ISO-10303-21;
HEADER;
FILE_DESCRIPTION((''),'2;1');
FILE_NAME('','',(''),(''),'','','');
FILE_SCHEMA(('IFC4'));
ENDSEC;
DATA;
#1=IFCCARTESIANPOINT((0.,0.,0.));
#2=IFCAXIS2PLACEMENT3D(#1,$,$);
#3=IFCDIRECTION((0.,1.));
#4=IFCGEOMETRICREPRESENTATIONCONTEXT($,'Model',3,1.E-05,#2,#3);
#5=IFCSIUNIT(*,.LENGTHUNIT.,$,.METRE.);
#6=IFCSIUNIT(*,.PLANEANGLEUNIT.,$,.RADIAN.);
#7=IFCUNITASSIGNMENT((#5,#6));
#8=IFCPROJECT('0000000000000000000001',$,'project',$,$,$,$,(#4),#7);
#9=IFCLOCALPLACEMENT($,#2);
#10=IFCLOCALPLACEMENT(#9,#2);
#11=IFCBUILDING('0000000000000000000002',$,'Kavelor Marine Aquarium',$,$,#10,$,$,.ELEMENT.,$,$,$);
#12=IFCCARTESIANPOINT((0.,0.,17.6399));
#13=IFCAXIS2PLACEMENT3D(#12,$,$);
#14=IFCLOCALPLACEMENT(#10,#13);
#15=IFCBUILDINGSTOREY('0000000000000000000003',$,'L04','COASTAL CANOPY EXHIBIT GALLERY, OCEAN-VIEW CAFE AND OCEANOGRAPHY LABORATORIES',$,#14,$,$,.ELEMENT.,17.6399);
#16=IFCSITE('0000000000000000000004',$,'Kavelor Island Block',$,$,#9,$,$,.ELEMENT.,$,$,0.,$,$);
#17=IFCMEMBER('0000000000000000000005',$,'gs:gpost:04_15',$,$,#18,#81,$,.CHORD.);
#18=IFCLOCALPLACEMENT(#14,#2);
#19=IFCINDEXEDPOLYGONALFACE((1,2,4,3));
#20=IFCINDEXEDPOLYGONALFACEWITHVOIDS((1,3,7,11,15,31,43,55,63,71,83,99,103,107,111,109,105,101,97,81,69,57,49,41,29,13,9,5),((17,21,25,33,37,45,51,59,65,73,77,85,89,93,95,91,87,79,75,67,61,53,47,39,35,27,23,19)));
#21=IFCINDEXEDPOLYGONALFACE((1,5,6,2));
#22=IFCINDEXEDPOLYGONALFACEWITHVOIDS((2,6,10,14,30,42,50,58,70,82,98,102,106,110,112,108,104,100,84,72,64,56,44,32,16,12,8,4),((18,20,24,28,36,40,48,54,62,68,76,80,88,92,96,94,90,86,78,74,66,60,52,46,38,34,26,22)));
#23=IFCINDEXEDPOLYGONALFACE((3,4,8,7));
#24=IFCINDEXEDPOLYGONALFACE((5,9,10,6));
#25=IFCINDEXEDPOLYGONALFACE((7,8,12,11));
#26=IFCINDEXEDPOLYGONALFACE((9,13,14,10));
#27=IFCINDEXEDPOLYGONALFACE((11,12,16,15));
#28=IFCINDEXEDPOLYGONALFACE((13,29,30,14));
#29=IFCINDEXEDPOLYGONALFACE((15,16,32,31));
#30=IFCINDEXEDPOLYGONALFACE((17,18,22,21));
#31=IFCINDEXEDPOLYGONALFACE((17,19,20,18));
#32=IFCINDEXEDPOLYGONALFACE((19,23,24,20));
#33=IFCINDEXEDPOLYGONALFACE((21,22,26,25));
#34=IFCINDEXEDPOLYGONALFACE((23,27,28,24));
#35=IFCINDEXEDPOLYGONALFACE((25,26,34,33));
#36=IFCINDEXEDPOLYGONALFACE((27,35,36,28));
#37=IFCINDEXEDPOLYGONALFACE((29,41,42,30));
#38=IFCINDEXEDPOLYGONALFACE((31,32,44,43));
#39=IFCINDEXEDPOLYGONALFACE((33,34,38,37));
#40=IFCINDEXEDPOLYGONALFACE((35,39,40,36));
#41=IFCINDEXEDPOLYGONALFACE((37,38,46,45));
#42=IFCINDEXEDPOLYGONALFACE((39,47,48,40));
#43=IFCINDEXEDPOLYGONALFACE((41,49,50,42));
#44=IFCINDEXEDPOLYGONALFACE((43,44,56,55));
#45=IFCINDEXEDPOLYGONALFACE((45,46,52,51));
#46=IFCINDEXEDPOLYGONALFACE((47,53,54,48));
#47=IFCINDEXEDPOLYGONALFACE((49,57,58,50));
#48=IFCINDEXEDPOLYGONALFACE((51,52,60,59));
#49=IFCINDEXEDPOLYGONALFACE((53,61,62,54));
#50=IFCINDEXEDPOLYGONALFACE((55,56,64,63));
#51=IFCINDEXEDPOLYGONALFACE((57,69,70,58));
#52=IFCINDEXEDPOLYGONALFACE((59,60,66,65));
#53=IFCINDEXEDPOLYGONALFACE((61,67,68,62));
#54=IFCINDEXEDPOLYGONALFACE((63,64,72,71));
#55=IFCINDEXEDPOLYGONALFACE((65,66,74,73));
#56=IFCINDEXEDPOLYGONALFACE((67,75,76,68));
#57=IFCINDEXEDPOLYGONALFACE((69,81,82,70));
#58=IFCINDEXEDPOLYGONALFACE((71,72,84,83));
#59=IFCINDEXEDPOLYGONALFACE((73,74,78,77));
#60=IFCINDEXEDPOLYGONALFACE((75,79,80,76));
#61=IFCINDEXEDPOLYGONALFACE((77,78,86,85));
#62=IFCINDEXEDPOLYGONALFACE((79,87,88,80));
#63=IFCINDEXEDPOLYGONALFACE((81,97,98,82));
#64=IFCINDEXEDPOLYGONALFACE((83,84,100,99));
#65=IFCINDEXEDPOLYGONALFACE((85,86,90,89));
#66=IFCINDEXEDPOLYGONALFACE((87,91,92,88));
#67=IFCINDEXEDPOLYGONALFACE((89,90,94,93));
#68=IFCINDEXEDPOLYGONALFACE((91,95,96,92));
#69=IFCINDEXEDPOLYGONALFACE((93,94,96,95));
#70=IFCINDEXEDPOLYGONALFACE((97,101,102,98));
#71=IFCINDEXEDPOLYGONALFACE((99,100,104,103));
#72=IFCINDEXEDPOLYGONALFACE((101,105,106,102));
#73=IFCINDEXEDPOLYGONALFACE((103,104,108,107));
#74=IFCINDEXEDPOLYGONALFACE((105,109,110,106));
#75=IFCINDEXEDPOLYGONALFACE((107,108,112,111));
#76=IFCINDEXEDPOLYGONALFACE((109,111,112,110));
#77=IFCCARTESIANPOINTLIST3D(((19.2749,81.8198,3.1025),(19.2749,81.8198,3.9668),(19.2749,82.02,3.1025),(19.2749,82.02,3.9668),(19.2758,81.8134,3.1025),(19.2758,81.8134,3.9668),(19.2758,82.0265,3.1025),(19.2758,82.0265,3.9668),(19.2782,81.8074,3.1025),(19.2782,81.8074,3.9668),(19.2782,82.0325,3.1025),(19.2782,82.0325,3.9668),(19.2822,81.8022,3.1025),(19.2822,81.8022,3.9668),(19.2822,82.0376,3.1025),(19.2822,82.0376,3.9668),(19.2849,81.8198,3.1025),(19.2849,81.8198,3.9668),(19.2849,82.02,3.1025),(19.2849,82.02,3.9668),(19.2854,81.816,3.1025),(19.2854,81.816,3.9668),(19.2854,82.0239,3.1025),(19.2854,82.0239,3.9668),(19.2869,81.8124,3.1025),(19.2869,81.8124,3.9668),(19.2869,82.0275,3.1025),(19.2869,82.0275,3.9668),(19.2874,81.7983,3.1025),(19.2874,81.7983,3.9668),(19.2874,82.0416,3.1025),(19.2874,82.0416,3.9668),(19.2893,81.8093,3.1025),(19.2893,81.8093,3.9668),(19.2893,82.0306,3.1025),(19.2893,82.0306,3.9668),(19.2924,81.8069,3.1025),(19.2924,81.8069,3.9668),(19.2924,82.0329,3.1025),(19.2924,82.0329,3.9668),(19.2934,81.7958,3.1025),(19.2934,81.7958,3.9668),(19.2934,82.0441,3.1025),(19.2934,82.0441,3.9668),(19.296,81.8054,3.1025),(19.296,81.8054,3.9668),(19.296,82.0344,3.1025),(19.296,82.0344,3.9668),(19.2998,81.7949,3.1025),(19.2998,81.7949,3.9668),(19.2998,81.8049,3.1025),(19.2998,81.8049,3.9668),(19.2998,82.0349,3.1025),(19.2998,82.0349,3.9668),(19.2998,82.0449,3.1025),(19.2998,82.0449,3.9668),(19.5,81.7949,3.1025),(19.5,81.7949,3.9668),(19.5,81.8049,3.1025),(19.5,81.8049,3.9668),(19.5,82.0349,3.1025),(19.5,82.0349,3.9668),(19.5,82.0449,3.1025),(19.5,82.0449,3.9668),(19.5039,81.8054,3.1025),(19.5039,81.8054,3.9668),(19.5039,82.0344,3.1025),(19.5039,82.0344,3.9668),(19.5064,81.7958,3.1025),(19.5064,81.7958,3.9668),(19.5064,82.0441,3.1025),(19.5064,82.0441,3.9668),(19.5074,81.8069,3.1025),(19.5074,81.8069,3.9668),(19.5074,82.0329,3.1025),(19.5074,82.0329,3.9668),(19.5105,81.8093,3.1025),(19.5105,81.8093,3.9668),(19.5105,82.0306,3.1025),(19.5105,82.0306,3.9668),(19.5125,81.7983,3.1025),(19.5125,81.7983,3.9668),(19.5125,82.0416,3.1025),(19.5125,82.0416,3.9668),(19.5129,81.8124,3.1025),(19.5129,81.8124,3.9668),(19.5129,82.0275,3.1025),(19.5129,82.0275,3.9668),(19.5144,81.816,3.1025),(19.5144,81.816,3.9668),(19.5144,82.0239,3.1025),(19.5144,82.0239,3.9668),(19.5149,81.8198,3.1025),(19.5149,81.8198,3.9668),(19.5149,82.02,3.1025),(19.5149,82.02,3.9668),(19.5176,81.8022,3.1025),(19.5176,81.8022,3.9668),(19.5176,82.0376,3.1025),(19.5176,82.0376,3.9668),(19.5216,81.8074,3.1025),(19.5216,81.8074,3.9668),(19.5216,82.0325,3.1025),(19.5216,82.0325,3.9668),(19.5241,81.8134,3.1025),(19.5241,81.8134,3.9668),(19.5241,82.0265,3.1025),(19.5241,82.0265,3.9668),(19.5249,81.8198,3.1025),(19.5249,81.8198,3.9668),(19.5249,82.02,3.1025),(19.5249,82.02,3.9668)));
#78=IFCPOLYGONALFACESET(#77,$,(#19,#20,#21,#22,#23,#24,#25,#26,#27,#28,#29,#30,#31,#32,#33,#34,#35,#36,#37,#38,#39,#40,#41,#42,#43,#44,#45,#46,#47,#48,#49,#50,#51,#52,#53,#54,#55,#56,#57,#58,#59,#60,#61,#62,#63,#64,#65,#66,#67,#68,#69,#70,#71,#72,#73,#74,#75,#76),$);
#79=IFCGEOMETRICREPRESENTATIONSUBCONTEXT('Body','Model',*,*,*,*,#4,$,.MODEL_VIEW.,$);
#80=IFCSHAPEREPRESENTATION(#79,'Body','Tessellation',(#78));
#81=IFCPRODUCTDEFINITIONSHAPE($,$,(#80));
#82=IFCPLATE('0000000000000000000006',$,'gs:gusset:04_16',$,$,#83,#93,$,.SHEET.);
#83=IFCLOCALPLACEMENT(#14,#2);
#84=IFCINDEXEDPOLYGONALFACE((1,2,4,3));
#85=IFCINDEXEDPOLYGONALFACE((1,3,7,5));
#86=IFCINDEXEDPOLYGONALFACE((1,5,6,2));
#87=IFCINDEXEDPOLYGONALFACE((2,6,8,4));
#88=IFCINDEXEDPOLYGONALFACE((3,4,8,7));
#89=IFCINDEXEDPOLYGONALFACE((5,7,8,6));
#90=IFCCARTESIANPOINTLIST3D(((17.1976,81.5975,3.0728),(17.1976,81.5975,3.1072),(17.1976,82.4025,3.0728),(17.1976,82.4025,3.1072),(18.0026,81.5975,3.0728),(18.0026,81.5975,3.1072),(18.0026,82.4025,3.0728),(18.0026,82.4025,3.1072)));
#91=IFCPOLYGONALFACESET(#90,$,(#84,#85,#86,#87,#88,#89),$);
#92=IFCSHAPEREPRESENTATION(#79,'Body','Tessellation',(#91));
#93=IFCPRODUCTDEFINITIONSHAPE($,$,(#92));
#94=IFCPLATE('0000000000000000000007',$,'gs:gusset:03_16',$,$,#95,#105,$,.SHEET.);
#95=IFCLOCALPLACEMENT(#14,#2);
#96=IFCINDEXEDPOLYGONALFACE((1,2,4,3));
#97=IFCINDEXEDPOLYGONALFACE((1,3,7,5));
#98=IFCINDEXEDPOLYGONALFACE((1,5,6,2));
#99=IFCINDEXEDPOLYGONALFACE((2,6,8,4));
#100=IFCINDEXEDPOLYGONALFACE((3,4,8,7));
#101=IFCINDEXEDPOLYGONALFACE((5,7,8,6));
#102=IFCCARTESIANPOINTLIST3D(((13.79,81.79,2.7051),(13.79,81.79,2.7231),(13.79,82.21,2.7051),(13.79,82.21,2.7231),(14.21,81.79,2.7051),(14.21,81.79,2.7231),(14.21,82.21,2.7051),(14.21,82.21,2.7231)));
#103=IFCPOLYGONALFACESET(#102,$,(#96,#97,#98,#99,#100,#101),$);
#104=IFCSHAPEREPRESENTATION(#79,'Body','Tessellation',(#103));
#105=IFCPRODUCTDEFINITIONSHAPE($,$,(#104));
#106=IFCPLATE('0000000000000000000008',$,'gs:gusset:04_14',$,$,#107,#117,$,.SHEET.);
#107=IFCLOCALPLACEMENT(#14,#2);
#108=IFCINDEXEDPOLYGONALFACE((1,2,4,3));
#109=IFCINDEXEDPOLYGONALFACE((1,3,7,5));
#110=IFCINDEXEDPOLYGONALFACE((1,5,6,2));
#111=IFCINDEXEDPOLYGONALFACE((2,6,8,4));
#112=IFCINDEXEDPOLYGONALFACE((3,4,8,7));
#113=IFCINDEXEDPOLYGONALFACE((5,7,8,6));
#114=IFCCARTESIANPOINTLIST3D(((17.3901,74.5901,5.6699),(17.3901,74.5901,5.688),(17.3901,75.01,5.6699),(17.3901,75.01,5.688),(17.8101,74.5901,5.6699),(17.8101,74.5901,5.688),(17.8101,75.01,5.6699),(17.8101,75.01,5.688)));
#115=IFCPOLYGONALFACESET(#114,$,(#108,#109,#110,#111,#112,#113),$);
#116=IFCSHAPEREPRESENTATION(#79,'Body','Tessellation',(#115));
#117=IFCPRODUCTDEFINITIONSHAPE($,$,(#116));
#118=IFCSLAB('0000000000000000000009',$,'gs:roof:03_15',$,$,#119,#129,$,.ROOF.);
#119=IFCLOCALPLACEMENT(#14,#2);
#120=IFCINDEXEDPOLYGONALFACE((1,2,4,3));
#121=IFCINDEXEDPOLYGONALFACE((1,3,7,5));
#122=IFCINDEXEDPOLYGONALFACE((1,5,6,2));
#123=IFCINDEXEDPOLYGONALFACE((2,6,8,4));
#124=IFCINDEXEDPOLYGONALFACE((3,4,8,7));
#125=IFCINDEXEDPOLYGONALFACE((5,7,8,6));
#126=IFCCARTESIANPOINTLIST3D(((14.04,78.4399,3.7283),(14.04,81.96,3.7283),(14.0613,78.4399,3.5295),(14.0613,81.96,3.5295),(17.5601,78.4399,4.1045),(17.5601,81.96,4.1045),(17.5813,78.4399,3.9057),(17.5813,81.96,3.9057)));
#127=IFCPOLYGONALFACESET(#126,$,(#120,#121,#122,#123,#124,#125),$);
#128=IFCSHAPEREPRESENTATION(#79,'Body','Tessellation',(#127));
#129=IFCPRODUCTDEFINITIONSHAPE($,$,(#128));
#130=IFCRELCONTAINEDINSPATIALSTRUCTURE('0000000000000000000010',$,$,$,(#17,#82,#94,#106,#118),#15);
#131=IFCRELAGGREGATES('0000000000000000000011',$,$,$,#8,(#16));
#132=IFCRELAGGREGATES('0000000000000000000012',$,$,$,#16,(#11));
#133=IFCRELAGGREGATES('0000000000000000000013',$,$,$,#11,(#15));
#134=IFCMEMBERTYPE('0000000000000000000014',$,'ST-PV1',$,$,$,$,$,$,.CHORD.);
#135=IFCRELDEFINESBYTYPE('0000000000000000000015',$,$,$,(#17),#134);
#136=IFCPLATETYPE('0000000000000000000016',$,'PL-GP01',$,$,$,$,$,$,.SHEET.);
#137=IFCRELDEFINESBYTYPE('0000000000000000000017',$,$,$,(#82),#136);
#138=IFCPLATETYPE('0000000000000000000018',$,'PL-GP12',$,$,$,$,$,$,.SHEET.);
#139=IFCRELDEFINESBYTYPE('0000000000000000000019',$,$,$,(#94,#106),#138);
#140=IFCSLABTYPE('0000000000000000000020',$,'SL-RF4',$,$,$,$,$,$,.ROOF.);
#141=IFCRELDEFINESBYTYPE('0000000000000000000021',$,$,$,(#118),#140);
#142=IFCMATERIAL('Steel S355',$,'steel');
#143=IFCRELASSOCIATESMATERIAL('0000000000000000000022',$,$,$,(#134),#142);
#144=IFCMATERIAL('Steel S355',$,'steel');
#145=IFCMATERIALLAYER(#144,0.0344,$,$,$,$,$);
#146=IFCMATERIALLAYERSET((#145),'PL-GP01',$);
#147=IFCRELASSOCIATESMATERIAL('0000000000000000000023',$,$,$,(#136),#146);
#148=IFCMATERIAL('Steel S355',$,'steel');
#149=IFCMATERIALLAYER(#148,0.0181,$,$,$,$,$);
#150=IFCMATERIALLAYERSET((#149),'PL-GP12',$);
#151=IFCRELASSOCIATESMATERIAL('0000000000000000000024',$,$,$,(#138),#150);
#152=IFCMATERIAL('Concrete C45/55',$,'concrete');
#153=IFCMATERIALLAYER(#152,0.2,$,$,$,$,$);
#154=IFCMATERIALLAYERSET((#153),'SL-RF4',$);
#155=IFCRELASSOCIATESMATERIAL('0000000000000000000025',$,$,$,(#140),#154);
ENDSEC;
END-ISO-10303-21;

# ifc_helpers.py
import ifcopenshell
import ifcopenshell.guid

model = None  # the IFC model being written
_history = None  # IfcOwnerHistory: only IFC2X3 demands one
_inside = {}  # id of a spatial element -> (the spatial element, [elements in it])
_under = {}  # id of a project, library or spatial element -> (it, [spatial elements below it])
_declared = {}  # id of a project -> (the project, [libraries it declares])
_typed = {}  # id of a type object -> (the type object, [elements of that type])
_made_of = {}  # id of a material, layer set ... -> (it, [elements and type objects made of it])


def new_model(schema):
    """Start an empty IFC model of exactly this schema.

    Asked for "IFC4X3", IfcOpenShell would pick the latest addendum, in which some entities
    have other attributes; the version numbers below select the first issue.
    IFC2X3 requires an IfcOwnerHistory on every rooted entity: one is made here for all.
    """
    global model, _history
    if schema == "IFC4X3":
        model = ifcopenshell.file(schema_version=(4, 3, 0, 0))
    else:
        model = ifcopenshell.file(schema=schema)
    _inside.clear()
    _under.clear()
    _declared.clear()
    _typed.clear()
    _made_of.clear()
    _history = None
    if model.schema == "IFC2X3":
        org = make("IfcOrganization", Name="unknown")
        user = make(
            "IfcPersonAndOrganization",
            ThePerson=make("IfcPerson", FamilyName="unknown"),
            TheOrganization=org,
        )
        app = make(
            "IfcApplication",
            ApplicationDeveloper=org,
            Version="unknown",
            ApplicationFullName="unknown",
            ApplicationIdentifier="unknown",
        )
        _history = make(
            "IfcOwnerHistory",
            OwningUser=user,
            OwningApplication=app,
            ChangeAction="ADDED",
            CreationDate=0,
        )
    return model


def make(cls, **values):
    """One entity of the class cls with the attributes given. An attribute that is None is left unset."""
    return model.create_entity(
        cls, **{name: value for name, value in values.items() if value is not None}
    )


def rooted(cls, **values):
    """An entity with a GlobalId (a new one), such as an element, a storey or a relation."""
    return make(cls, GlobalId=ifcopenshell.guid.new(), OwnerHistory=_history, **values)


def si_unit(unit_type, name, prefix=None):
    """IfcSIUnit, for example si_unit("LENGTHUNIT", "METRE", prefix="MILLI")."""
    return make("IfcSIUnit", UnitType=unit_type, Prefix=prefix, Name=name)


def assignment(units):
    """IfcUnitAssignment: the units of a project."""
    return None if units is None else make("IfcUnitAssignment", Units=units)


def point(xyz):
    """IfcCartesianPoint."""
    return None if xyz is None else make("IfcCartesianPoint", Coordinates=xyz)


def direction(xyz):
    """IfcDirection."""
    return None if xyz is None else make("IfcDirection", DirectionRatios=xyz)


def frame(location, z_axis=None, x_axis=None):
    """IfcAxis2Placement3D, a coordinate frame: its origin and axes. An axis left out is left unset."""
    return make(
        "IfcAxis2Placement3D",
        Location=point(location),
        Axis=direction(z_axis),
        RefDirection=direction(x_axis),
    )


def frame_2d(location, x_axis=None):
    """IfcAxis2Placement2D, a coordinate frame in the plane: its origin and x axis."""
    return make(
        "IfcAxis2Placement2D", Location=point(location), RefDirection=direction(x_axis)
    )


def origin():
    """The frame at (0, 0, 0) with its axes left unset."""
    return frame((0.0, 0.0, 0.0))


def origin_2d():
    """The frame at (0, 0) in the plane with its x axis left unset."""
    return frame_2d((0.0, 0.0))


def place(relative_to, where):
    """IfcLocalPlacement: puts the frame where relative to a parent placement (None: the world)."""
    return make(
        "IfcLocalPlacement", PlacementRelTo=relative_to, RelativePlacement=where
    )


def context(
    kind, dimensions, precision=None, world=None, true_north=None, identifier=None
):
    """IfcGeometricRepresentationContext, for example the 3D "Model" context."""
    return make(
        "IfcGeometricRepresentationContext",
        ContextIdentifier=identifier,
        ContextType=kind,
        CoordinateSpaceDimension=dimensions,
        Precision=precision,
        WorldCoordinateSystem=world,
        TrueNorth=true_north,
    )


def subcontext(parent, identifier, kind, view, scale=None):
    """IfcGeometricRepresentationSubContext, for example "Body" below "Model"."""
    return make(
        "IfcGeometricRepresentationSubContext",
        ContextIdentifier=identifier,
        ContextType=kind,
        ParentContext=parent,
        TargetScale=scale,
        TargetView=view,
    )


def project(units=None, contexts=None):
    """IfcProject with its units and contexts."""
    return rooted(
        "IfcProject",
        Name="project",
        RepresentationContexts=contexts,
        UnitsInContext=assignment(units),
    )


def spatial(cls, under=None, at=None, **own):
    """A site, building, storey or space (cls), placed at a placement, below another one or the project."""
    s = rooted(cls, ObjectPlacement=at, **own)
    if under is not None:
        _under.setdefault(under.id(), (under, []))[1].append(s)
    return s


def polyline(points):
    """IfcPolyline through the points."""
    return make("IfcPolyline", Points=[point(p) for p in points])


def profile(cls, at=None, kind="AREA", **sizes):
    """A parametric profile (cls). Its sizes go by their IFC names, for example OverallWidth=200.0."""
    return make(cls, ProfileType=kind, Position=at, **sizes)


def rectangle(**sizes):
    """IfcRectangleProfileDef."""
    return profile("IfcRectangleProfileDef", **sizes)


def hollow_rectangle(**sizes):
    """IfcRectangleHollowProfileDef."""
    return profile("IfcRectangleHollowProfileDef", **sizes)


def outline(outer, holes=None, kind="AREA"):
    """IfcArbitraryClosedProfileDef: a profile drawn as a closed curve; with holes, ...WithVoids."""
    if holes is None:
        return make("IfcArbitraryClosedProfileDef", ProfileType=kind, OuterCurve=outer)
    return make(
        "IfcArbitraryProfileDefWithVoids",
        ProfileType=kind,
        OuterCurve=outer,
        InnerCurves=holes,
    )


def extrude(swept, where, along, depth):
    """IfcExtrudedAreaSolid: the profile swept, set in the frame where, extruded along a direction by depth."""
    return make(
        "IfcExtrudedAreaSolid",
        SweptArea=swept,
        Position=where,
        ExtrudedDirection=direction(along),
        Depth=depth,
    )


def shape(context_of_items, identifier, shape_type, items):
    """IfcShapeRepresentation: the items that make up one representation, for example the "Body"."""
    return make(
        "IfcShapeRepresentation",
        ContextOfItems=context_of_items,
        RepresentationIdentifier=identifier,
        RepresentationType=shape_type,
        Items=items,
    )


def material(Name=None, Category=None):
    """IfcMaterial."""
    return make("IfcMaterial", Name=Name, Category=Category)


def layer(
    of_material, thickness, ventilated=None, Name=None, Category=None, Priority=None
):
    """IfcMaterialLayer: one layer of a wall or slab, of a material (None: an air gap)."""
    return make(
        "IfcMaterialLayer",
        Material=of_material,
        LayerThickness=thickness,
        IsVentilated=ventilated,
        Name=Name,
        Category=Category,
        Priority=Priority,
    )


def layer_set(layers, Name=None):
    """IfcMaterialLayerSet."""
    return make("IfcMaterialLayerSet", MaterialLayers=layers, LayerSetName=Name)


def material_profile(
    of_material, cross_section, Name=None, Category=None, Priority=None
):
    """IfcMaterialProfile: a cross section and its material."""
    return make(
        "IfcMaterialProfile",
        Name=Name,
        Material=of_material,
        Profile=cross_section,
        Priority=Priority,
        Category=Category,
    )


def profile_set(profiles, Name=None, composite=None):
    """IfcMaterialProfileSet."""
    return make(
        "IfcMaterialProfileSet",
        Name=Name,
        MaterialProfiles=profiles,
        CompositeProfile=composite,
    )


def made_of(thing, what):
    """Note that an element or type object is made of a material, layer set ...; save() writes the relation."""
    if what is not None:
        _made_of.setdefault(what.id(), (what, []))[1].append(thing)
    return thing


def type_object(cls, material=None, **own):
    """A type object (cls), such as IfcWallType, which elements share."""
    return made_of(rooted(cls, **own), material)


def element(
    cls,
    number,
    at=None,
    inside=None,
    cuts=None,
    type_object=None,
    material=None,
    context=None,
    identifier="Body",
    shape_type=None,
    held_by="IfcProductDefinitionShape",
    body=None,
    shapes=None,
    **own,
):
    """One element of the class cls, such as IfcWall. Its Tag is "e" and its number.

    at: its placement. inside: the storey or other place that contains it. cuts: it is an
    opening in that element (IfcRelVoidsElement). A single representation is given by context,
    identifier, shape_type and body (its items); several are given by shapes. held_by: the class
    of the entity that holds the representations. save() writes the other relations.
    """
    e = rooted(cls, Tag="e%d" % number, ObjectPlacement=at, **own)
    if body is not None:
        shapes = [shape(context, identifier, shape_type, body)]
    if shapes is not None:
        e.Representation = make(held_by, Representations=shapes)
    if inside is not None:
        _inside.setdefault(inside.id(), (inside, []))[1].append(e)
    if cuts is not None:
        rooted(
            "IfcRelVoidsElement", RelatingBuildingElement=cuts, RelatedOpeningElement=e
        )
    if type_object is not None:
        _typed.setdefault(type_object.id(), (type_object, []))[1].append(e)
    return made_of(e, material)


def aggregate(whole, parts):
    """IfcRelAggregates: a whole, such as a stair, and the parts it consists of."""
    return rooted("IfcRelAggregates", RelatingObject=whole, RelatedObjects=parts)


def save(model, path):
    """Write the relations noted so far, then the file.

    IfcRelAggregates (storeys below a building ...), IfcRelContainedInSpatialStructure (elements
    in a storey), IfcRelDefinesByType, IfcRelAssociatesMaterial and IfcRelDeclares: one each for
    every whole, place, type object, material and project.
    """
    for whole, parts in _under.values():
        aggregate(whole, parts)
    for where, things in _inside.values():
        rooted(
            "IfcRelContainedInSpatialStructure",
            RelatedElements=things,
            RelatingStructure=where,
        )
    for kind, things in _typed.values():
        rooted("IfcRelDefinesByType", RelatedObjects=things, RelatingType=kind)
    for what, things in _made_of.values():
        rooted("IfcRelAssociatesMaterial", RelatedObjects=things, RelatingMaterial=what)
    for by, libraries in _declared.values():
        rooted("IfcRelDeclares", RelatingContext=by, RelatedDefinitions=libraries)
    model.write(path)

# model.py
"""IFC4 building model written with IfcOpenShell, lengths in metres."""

from ifc_helpers import new_model, si_unit, direction, frame, origin, origin_2d, place, context, subcontext, project, spatial, polyline, rectangle, hollow_rectangle, outline, extrude, material, layer, layer_set, material_profile, profile_set, type_object, element, save


model = new_model("IFC4")

# Units and contexts
model_context = context("Model", 3, precision=1e-05, world=origin(), true_north=direction((0.0, 1.0)))
body_context = subcontext(model_context, "Body", "Model", "MODEL_VIEW")
ifc_project = project(units=[si_unit("LENGTHUNIT", "METRE"), si_unit("PLANEANGLEUNIT", "RADIAN")], contexts=[model_context])

# Site, building, storey
site_placement = place(None, origin())
site = spatial("IfcSite", under=ifc_project, at=site_placement, Name="Kavelor Island Block", CompositionType="ELEMENT", RefElevation=0.0)
building_placement = place(site_placement, origin())
building = spatial("IfcBuilding", under=site, at=building_placement, Name="Kavelor Marine Aquarium", CompositionType="ELEMENT")
storey_placement = place(building_placement, frame((0.0, 0.0, 17.6399)))
storey = spatial("IfcBuildingStorey", under=building, at=storey_placement, Name="L04", Description="COASTAL CANOPY EXHIBIT GALLERY, OCEAN-VIEW CAFE AND OCEANOGRAPHY LABORATORIES", CompositionType="ELEMENT", Elevation=17.6399)

# Member
ifc_material_1 = material(Name="Steel S355", Category="steel")
ifc_material_profile_1 = material_profile(ifc_material_1, hollow_rectangle(XDim=0.25, YDim=0.25, WallThickness=0.01, InnerFilletRadius=0.0149, OuterFilletRadius=0.0249, at=origin_2d()), Name="SHS 250x250x10.0")
ifc_profile_set_1 = profile_set([ifc_material_profile_1], Name="Steel S355")
member_type_1 = type_object("IfcMemberType", Name="ST-PV1", PredefinedType="CHORD", material=ifc_profile_set_1)
for number, where, z_axis, x_axis, name in (
    (1, (19.3999, 81.9199, 3.1025), (0.0, 0.0, 1.0), (1.0, 0.0, 0.0), "gs:gpost:04_15"),
):
    element("IfcMember", number, at=place(storey_placement, frame(where, z_axis=z_axis, x_axis=x_axis)), inside=storey, type_object=member_type_1, Name=name, PredefinedType="CHORD", context=body_context, shape_type="SweptSolid", body=[
        extrude(hollow_rectangle(XDim=0.25, YDim=0.25, WallThickness=0.01, InnerFilletRadius=0.0149, OuterFilletRadius=0.0249, at=origin_2d()), origin(), (0.0, 0.0, 1.0), 0.8643),
    ])

# Plates
ifc_material_2 = material(Name="Steel S355", Category="steel")
ifc_layer_1 = layer(ifc_material_2, 0.0344)
ifc_layer_set_1 = layer_set([ifc_layer_1], Name="PL-GP01")
plate_type_1 = type_object("IfcPlateType", Name="PL-GP01", PredefinedType="SHEET", material=ifc_layer_set_1)
plate_placement = place(storey_placement, frame((17.6001, 82.0, 3.0728), z_axis=(0.0, 0.0, 1.0), x_axis=(1.0, 0.0, 0.0)))
element("IfcPlate", 2, at=plate_placement, inside=storey, type_object=plate_type_1, Name="gs:gusset:04_16", PredefinedType="SHEET", context=body_context, shape_type="SweptSolid", body=[
    extrude(rectangle(XDim=0.8049, YDim=0.8049, at=origin_2d()), origin(), (0.0, 0.0, 1.0), 0.0344),
])
ifc_material_3 = material(Name="Steel S355", Category="steel")
ifc_layer_2 = layer(ifc_material_3, 0.0181)
ifc_layer_set_2 = layer_set([ifc_layer_2], Name="PL-GP12")
plate_type_2 = type_object("IfcPlateType", Name="PL-GP12", PredefinedType="SHEET", material=ifc_layer_set_2)
for number, where, z_axis, x_axis, name in (
    (3, (14.0, 82.0, 2.7051), (0.0, 0.0, 1.0), (1.0, 0.0, 0.0), "gs:gusset:03_16"),
    (4, (17.6001, 74.8, 5.6699), (0.0, 0.0, 1.0), (1.0, 0.0, 0.0), "gs:gusset:04_14"),
):
    element("IfcPlate", number, at=place(storey_placement, frame(where, z_axis=z_axis, x_axis=x_axis)), inside=storey, type_object=plate_type_2, Name=name, PredefinedType="SHEET", context=body_context, shape_type="SweptSolid", body=[
        extrude(rectangle(XDim=0.4199, YDim=0.4199, at=origin_2d()), origin(), (0.0, 0.0, 1.0), 0.0181),
    ])

# Slab
ifc_material_4 = material(Name="Concrete C45/55", Category="concrete")
ifc_layer_3 = layer(ifc_material_4, 0.2)
ifc_layer_set_3 = layer_set([ifc_layer_3], Name="SL-RF4")
slab_type = type_object("IfcSlabType", Name="SL-RF4", PredefinedType="ROOF", material=ifc_layer_set_3)
slab_placement = place(storey_placement, frame((14.04, 78.4399, 3.7283), z_axis=(-0.106275, 0.0, 0.994337), x_axis=(0.994337, 0.0, 0.106275)))
element("IfcSlab", 5, at=slab_placement, inside=storey, type_object=slab_type, Name="gs:roof:03_15", PredefinedType="ROOF", context=body_context, shape_type="SweptSolid", body=[
    extrude(outline(polyline([(0.0, 0.0), (3.5401, 0.0), (3.5401, 3.52), (0.0, 3.52), (0.0, 0.0)])), origin(), (0.0, 0.0, -1.0), 0.2),
])

save(model, "model.ifc")
